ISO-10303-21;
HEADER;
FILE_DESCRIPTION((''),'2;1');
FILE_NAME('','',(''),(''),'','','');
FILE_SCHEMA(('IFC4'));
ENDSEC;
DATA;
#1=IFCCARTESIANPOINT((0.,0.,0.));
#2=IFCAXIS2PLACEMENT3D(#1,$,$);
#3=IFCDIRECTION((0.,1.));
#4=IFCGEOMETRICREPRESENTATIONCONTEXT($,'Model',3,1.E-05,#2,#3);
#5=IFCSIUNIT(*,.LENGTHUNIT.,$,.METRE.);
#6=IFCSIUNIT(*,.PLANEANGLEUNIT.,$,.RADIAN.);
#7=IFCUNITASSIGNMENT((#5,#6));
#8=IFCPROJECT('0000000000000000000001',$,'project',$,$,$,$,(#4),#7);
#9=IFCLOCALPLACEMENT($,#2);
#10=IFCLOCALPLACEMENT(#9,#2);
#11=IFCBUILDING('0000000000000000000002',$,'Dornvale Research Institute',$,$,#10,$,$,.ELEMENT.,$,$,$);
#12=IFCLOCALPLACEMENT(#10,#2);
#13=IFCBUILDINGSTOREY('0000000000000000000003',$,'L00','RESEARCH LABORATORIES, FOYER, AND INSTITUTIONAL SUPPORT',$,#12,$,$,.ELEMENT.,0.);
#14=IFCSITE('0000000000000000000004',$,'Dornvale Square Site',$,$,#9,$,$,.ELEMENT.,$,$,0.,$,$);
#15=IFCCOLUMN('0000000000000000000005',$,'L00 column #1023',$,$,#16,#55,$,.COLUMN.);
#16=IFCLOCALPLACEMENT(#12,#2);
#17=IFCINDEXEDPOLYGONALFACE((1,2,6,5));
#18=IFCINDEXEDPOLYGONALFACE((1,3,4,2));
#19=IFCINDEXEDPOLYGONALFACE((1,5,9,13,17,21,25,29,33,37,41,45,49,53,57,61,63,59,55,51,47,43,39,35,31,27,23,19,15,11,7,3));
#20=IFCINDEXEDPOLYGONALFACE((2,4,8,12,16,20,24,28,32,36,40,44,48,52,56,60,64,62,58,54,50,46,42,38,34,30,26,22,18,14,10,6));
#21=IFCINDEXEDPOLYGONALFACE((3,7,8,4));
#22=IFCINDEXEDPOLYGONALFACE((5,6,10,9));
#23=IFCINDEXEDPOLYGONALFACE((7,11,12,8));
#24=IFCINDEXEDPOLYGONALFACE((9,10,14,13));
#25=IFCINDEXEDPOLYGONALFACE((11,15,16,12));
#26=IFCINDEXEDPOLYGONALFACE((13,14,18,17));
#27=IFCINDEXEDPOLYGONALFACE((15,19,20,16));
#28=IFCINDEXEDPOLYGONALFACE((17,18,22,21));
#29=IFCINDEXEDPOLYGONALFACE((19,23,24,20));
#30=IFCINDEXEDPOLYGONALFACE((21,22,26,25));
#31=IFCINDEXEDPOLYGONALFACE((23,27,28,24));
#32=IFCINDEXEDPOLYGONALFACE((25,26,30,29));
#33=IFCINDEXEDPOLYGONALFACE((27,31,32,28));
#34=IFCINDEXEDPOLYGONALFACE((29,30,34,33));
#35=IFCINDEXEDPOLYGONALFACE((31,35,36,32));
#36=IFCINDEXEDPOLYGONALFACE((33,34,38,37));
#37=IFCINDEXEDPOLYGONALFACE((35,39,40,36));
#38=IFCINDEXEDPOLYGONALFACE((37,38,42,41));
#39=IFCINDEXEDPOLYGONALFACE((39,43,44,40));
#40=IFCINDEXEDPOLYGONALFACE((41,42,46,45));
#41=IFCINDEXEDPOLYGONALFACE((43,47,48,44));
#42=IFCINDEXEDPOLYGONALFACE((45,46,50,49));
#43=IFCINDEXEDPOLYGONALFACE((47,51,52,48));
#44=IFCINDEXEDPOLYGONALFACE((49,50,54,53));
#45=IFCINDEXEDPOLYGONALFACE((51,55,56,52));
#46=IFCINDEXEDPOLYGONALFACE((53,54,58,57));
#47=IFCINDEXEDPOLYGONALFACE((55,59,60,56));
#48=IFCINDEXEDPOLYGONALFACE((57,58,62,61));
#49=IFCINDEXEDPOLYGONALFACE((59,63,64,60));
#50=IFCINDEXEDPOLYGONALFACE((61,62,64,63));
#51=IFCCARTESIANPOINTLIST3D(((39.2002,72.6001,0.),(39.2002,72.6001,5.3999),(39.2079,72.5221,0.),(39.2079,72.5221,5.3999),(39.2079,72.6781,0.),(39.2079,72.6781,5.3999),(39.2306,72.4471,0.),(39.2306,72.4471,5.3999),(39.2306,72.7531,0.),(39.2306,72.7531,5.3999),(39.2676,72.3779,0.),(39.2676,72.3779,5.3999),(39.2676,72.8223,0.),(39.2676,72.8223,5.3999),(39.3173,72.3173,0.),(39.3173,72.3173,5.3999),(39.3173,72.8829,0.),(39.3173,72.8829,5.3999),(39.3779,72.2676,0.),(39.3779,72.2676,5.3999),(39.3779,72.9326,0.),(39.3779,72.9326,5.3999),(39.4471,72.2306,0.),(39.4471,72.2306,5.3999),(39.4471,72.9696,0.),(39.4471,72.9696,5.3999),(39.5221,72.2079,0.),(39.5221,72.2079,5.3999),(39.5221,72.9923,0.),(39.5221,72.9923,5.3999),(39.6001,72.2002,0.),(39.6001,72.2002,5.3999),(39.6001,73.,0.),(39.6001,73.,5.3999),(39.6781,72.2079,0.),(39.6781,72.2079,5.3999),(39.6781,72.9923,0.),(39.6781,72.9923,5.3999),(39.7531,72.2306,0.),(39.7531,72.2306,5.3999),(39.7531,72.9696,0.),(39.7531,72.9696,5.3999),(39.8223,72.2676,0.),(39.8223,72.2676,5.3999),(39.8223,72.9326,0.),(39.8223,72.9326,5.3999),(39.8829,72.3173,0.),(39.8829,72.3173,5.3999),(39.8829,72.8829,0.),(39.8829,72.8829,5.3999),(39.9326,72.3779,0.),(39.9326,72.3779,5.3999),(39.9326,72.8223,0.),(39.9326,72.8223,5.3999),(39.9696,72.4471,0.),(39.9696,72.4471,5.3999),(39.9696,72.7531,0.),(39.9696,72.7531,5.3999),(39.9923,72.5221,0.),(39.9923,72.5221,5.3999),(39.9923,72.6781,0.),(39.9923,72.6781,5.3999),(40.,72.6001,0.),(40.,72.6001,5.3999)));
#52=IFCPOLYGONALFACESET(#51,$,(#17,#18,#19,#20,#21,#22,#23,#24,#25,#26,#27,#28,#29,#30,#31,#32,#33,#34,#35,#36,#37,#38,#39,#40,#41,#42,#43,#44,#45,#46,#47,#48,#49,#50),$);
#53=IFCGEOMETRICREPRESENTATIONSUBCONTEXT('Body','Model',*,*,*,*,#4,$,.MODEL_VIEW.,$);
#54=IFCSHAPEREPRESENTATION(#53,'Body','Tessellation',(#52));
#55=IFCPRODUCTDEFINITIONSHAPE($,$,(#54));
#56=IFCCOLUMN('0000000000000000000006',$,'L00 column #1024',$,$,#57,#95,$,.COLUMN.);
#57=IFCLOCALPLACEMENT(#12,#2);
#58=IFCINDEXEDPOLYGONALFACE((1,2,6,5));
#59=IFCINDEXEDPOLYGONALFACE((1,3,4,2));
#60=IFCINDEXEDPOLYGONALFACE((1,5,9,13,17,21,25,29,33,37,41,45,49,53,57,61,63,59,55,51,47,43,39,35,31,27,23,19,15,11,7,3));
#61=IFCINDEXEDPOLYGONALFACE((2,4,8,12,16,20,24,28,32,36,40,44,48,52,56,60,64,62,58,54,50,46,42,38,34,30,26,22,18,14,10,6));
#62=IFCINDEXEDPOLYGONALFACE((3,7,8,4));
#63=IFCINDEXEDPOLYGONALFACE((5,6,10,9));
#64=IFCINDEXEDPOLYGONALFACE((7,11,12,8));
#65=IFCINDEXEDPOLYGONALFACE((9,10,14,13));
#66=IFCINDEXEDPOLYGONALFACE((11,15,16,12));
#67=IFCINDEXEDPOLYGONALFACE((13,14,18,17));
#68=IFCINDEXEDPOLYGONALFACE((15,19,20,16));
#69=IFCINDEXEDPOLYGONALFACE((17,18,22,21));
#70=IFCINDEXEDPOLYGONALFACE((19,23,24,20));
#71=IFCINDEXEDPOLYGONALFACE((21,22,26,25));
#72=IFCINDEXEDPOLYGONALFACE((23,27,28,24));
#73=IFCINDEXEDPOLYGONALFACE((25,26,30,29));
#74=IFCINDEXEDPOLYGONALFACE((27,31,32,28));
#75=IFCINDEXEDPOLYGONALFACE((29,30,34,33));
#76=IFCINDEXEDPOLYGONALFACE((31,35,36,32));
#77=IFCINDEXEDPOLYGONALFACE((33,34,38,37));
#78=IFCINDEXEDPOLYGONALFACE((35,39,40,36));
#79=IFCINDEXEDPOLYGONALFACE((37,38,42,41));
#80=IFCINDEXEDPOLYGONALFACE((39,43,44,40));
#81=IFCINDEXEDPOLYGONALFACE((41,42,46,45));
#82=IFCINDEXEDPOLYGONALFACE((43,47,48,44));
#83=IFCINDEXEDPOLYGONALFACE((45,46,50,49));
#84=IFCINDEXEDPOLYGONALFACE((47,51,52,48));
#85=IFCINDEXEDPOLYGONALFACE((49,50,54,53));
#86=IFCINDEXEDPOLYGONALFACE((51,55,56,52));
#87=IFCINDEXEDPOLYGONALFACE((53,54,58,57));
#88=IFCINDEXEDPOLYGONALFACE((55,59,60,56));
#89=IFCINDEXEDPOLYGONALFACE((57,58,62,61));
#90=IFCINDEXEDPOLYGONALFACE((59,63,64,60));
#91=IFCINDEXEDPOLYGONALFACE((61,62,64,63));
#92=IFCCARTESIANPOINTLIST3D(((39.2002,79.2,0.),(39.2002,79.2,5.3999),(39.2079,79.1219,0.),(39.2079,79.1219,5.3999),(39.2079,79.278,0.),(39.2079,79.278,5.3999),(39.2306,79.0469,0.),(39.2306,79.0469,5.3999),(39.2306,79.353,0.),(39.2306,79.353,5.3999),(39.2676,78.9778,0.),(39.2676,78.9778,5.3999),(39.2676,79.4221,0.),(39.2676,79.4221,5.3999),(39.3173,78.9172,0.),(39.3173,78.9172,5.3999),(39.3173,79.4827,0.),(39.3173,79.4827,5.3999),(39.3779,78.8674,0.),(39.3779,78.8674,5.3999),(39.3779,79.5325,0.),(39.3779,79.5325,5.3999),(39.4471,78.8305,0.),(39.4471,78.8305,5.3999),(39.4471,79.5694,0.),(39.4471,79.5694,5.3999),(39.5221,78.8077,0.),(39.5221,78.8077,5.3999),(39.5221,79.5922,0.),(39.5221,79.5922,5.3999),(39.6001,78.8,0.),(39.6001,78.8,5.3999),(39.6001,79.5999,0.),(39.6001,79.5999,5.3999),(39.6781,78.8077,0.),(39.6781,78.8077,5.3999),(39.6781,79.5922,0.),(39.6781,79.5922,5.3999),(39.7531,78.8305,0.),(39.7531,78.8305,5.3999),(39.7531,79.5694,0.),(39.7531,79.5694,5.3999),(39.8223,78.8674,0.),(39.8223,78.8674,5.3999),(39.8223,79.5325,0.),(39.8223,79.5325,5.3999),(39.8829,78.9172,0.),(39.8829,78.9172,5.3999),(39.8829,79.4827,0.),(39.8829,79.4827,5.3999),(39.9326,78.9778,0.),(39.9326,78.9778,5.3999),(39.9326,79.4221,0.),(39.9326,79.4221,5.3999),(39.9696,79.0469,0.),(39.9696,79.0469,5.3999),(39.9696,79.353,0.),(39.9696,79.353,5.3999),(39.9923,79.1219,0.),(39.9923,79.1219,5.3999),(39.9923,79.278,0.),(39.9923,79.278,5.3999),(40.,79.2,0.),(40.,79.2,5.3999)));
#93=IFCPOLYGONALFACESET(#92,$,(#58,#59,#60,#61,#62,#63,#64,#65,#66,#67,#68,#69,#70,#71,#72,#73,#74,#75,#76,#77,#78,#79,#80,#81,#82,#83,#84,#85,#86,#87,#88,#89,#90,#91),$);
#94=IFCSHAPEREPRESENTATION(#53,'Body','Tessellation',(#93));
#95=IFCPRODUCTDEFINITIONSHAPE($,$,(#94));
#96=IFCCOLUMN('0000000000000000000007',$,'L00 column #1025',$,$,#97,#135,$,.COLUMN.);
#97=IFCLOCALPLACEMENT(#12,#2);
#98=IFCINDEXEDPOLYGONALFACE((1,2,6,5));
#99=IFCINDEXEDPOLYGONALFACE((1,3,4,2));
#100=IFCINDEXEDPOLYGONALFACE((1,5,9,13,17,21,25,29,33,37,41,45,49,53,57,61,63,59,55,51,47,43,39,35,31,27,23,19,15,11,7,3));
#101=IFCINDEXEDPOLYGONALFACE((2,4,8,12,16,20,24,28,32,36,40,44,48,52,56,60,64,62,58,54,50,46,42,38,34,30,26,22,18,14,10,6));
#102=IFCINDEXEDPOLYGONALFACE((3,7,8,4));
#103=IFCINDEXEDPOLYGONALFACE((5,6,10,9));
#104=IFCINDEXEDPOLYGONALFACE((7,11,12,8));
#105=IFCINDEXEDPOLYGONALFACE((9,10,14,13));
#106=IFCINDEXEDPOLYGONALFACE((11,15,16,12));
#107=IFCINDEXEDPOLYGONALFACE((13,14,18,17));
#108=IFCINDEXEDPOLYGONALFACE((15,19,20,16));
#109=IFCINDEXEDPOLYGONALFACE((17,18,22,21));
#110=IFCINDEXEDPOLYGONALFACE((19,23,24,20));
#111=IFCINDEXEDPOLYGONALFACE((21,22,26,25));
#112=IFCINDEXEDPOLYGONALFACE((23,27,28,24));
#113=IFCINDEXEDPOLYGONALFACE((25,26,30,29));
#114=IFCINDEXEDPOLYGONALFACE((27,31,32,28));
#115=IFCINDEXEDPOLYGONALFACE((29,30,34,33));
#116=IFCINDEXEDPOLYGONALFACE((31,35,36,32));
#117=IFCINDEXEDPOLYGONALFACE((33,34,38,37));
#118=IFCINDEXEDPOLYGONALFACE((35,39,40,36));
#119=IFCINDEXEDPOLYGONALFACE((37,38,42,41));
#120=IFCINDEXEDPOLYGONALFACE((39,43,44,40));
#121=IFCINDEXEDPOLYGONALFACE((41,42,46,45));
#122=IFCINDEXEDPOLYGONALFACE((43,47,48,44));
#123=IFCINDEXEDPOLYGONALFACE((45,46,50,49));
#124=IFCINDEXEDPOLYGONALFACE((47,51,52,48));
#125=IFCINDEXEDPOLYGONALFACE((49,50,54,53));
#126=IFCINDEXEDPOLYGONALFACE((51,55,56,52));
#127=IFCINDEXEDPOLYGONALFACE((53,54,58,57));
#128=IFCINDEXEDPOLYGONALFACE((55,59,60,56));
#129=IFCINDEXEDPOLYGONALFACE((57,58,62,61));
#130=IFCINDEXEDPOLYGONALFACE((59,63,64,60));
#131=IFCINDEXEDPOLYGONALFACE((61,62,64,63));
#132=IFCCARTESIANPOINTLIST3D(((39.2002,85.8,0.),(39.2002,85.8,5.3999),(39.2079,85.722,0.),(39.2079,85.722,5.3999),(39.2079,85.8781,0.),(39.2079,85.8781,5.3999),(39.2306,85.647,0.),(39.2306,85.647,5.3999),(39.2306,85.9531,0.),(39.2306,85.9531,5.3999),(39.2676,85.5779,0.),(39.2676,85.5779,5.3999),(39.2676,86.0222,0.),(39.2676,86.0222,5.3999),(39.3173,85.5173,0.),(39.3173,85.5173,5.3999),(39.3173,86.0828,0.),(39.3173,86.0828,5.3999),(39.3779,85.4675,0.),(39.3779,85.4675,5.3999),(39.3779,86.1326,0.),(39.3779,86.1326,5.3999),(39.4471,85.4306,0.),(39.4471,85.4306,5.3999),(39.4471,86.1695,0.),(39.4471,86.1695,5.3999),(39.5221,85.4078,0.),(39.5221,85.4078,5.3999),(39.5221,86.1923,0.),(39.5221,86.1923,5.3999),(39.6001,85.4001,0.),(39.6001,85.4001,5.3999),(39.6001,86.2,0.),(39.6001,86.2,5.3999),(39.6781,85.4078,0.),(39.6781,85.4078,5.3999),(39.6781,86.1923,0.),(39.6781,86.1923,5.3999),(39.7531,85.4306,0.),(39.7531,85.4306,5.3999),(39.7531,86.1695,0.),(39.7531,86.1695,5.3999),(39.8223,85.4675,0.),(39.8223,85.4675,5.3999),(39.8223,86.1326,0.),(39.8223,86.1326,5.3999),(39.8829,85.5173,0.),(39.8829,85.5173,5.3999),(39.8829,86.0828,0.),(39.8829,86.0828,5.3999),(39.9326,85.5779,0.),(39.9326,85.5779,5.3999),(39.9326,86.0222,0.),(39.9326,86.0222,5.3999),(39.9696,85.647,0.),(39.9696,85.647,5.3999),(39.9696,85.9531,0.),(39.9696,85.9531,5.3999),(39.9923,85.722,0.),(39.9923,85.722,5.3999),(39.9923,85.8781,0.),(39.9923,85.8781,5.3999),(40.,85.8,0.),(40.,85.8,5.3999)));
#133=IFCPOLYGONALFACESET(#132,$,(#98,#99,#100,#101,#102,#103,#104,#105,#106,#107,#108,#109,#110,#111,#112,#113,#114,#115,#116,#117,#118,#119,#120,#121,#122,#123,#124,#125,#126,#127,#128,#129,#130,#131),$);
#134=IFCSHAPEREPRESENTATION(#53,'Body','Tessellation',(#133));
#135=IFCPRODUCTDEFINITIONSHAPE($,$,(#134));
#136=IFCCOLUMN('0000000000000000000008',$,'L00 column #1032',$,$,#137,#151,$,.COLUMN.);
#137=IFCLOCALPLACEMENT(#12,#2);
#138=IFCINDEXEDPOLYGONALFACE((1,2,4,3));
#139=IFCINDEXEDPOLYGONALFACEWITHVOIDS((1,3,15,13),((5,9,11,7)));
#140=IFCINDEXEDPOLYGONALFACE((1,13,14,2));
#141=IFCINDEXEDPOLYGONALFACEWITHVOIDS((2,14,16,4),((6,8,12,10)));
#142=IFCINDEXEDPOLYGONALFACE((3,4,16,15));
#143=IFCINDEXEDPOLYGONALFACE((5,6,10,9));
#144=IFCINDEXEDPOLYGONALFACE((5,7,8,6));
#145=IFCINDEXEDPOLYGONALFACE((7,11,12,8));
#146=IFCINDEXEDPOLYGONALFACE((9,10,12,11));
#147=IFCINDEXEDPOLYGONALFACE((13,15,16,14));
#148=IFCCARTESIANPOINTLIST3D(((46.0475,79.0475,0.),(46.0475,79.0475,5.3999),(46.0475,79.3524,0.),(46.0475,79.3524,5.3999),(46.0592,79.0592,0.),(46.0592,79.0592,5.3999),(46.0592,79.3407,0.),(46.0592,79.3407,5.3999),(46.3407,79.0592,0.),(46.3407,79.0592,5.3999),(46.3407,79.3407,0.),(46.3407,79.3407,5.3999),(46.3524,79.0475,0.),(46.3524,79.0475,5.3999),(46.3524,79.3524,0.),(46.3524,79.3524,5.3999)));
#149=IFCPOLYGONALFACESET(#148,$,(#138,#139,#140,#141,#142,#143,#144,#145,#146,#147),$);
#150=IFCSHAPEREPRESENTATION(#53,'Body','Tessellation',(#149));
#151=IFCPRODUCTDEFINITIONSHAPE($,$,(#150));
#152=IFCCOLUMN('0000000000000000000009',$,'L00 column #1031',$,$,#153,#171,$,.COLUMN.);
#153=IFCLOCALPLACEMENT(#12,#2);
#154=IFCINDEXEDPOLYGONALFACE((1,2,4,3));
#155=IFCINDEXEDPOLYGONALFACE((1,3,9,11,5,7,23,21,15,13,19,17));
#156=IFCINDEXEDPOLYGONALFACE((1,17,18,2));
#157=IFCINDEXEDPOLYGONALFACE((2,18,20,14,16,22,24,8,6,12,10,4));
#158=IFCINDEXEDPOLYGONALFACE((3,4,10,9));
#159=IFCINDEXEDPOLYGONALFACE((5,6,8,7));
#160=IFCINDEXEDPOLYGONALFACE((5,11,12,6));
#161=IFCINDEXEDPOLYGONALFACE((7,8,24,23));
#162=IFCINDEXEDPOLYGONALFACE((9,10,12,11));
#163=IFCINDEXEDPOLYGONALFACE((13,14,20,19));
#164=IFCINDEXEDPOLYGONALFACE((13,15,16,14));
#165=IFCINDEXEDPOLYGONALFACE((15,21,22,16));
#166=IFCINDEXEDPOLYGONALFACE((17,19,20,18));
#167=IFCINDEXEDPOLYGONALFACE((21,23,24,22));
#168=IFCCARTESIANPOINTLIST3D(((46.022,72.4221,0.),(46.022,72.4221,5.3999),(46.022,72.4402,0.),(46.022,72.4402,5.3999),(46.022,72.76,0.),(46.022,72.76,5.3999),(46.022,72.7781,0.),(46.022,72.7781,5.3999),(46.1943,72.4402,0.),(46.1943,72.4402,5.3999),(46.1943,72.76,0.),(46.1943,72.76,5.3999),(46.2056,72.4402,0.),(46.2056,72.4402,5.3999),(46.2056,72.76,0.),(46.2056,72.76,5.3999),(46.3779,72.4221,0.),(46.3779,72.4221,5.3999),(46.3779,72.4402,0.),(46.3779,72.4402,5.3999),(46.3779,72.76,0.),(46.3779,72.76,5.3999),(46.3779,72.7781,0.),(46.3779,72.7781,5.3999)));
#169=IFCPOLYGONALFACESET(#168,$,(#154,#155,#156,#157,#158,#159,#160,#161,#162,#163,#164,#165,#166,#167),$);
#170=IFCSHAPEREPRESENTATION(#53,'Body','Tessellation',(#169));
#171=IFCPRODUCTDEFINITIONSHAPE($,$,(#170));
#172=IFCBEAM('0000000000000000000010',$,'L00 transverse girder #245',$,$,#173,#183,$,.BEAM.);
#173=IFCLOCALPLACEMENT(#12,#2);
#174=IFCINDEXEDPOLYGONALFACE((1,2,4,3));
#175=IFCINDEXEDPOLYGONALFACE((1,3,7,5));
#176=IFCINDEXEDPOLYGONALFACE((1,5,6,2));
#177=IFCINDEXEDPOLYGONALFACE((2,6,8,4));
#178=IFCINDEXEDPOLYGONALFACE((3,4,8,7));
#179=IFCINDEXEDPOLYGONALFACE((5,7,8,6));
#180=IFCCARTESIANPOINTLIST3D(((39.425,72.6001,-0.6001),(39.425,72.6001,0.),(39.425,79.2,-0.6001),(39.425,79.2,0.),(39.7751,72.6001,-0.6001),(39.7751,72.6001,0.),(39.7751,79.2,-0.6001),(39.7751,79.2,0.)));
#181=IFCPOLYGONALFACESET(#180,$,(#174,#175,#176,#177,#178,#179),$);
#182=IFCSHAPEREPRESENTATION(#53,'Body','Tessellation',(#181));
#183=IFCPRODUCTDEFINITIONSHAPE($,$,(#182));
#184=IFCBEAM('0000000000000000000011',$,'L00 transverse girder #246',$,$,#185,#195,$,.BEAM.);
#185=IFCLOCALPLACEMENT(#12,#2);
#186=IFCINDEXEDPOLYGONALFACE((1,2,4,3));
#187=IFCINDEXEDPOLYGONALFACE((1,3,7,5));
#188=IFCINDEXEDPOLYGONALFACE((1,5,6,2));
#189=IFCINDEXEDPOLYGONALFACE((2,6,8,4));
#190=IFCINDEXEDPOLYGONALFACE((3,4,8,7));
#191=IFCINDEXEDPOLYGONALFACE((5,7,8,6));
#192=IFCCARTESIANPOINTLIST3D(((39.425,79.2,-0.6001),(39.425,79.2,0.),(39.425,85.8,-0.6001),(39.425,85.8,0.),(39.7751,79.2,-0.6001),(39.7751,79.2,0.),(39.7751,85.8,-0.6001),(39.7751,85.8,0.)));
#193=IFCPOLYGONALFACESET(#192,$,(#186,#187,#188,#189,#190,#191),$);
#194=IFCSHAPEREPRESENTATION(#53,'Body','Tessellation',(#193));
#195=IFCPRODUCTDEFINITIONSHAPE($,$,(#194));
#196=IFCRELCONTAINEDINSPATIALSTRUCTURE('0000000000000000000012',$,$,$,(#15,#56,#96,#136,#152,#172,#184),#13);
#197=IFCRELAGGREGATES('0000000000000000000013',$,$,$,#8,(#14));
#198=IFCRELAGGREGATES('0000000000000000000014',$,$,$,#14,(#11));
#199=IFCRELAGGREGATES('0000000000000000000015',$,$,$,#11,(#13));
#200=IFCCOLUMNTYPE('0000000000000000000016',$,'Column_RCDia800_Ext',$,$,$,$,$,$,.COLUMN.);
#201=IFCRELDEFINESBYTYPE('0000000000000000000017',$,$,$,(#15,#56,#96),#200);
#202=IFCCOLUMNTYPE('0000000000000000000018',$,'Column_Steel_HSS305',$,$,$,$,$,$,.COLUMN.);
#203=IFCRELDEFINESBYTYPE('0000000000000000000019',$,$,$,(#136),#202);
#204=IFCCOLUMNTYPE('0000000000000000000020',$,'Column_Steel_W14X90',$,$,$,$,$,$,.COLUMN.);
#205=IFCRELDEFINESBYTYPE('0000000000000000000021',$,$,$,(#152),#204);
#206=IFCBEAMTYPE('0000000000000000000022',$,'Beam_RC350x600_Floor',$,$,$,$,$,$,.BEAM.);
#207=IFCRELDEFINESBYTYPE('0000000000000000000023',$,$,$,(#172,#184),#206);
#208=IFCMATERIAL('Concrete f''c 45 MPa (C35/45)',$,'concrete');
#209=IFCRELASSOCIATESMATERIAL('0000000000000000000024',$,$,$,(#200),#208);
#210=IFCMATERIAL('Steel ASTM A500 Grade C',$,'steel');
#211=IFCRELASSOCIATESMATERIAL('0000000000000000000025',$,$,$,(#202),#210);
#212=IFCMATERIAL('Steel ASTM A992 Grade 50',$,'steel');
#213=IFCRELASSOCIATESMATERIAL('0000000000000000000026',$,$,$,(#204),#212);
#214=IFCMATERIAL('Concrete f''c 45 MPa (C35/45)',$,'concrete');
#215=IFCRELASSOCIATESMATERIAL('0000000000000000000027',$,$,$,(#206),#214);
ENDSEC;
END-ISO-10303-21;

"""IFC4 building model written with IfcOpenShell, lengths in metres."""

from ifc_helpers import new_model, si_unit, direction, frame, origin, origin_2d, place, context, subcontext, project, spatial, rectangle, hollow_rectangle, circle, i_section, extrude, material, material_profile, profile_set, type_object, element, save


model = new_model("IFC4")

# Units and contexts
model_context = context("Model", 3, precision=1e-05, world=origin(), true_north=direction((0.0, 1.0)))
body_context = subcontext(model_context, "Body", "Model", "MODEL_VIEW")
ifc_project = project(units=[si_unit("LENGTHUNIT", "METRE"), si_unit("PLANEANGLEUNIT", "RADIAN")], contexts=[model_context])

# Site, building, storey
site_placement = place(None, origin())
site = spatial("IfcSite", under=ifc_project, at=site_placement, Name="Dornvale Square Site", CompositionType="ELEMENT", RefElevation=0.0)
building_placement = place(site_placement, origin())
building = spatial("IfcBuilding", under=site, at=building_placement, Name="Dornvale Research Institute", CompositionType="ELEMENT")
storey_placement = place(building_placement, origin())
storey = spatial("IfcBuildingStorey", under=building, at=storey_placement, Name="L00", Description="RESEARCH LABORATORIES, FOYER, AND INSTITUTIONAL SUPPORT", CompositionType="ELEMENT", Elevation=0.0)

# Columns
ifc_material_1 = material(Name="Concrete f'c 45 MPa (C35/45)", Category="concrete")
ifc_material_profile_1 = material_profile(ifc_material_1, circle(Radius=0.3999, at=origin_2d()), Name="RC DIA 800")
ifc_profile_set_1 = profile_set([ifc_material_profile_1], Name="Concrete f'c 45 MPa (C35/45)")
column_type_1 = type_object("IfcColumnType", Name="Column_RCDia800_Ext", PredefinedType="COLUMN", material=ifc_profile_set_1)
for number, where, z_axis, x_axis, name in (
    (1, (39.6001, 72.6001, 0.0), (0.0, 0.0, 1.0), (1.0, 0.0, 0.0), "L00 column #1023"),
    (2, (39.6001, 79.2, 0.0), (0.0, 0.0, 1.0), (1.0, 0.0, 0.0), "L00 column #1024"),
    (3, (39.6001, 85.8, 0.0), (0.0, 0.0, 1.0), (1.0, 0.0, 0.0), "L00 column #1025"),
):
    element("IfcColumn", number, at=place(storey_placement, frame(where, z_axis=z_axis, x_axis=x_axis)), inside=storey, type_object=column_type_1, Name=name, PredefinedType="COLUMN", context=body_context, shape_type="SweptSolid", body=[
        extrude(circle(Radius=0.3999, at=origin_2d()), origin(), (0.0, 0.0, 1.0), 5.3999),
    ])
ifc_material_2 = material(Name="Steel ASTM A500 Grade C", Category="steel")
ifc_material_profile_2 = material_profile(ifc_material_2, hollow_rectangle(XDim=0.3049, YDim=0.3049, WallThickness=0.0117, at=origin_2d()), Name="HSS305X305X12.7")
ifc_profile_set_2 = profile_set([ifc_material_profile_2], Name="Steel ASTM A500 Grade C")
column_type_2 = type_object("IfcColumnType", Name="Column_Steel_HSS305", PredefinedType="COLUMN", material=ifc_profile_set_2)
column_1_placement = place(storey_placement, frame((46.2, 79.2, 0.0), z_axis=(0.0, 0.0, 1.0), x_axis=(1.0, 0.0, 0.0)))
element("IfcColumn", 4, at=column_1_placement, inside=storey, type_object=column_type_2, Name="L00 column #1032", PredefinedType="COLUMN", context=body_context, shape_type="SweptSolid", body=[
    extrude(hollow_rectangle(XDim=0.3049, YDim=0.3049, WallThickness=0.0117, at=origin_2d()), origin(), (0.0, 0.0, 1.0), 5.3999),
])
ifc_material_3 = material(Name="Steel ASTM A992 Grade 50", Category="steel")
ifc_material_profile_3 = material_profile(ifc_material_3, i_section(OverallWidth=0.356, OverallDepth=0.356, WebThickness=0.0112, FlangeThickness=0.0181, at=origin_2d()), Name="W14X90")
ifc_profile_set_3 = profile_set([ifc_material_profile_3], Name="Steel ASTM A992 Grade 50")
column_type_3 = type_object("IfcColumnType", Name="Column_Steel_W14X90", PredefinedType="COLUMN", material=ifc_profile_set_3)
column_2_placement = place(storey_placement, frame((46.2, 72.6001, 0.0), z_axis=(0.0, 0.0, 1.0), x_axis=(1.0, 0.0, 0.0)))
element("IfcColumn", 5, at=column_2_placement, inside=storey, type_object=column_type_3, Name="L00 column #1031", PredefinedType="COLUMN", context=body_context, shape_type="SweptSolid", body=[
    extrude(i_section(OverallWidth=0.356, OverallDepth=0.356, WebThickness=0.0112, FlangeThickness=0.0181, at=origin_2d()), origin(), (0.0, 0.0, 1.0), 5.3999),
])

# Beams
ifc_material_4 = material(Name="Concrete f'c 45 MPa (C35/45)", Category="concrete")
ifc_material_profile_4 = material_profile(ifc_material_4, rectangle(XDim=0.3501, YDim=0.6001, at=origin_2d()), Name="RC 350x600")
ifc_profile_set_4 = profile_set([ifc_material_profile_4], Name="Concrete f'c 45 MPa (C35/45)")
beam_type_1 = type_object("IfcBeamType", Name="Beam_RC350x600_Floor", PredefinedType="BEAM", material=ifc_profile_set_4)
beam_1_placement = place(storey_placement, frame((39.6001, 72.6001, -0.3), z_axis=(0.0, 1.0, 0.0), x_axis=(-1.0, 0.0, 0.0)))
element("IfcBeam", 6, at=beam_1_placement, inside=storey, type_object=beam_type_1, Name="L00 transverse girder #245", PredefinedType="BEAM", context=body_context, shape_type="SweptSolid", body=[
    extrude(rectangle(XDim=0.3501, YDim=0.6001, at=origin_2d()), origin(), (0.0, 0.0, 1.0), 6.5999),
])
beam_2_placement = place(storey_placement, frame((39.6001, 79.2, -0.3), z_axis=(0.0, 1.0, 0.0), x_axis=(-1.0, 0.0, 0.0)))
element("IfcBeam", 7, at=beam_2_placement, inside=storey, type_object=beam_type_1, Name="L00 transverse girder #246", PredefinedType="BEAM", context=body_context, shape_type="SweptSolid", body=[
    extrude(rectangle(XDim=0.3501, YDim=0.6001, at=origin_2d()), origin(), (0.0, 0.0, 1.0), 6.6001),
])

save(model, "model.ifc")
